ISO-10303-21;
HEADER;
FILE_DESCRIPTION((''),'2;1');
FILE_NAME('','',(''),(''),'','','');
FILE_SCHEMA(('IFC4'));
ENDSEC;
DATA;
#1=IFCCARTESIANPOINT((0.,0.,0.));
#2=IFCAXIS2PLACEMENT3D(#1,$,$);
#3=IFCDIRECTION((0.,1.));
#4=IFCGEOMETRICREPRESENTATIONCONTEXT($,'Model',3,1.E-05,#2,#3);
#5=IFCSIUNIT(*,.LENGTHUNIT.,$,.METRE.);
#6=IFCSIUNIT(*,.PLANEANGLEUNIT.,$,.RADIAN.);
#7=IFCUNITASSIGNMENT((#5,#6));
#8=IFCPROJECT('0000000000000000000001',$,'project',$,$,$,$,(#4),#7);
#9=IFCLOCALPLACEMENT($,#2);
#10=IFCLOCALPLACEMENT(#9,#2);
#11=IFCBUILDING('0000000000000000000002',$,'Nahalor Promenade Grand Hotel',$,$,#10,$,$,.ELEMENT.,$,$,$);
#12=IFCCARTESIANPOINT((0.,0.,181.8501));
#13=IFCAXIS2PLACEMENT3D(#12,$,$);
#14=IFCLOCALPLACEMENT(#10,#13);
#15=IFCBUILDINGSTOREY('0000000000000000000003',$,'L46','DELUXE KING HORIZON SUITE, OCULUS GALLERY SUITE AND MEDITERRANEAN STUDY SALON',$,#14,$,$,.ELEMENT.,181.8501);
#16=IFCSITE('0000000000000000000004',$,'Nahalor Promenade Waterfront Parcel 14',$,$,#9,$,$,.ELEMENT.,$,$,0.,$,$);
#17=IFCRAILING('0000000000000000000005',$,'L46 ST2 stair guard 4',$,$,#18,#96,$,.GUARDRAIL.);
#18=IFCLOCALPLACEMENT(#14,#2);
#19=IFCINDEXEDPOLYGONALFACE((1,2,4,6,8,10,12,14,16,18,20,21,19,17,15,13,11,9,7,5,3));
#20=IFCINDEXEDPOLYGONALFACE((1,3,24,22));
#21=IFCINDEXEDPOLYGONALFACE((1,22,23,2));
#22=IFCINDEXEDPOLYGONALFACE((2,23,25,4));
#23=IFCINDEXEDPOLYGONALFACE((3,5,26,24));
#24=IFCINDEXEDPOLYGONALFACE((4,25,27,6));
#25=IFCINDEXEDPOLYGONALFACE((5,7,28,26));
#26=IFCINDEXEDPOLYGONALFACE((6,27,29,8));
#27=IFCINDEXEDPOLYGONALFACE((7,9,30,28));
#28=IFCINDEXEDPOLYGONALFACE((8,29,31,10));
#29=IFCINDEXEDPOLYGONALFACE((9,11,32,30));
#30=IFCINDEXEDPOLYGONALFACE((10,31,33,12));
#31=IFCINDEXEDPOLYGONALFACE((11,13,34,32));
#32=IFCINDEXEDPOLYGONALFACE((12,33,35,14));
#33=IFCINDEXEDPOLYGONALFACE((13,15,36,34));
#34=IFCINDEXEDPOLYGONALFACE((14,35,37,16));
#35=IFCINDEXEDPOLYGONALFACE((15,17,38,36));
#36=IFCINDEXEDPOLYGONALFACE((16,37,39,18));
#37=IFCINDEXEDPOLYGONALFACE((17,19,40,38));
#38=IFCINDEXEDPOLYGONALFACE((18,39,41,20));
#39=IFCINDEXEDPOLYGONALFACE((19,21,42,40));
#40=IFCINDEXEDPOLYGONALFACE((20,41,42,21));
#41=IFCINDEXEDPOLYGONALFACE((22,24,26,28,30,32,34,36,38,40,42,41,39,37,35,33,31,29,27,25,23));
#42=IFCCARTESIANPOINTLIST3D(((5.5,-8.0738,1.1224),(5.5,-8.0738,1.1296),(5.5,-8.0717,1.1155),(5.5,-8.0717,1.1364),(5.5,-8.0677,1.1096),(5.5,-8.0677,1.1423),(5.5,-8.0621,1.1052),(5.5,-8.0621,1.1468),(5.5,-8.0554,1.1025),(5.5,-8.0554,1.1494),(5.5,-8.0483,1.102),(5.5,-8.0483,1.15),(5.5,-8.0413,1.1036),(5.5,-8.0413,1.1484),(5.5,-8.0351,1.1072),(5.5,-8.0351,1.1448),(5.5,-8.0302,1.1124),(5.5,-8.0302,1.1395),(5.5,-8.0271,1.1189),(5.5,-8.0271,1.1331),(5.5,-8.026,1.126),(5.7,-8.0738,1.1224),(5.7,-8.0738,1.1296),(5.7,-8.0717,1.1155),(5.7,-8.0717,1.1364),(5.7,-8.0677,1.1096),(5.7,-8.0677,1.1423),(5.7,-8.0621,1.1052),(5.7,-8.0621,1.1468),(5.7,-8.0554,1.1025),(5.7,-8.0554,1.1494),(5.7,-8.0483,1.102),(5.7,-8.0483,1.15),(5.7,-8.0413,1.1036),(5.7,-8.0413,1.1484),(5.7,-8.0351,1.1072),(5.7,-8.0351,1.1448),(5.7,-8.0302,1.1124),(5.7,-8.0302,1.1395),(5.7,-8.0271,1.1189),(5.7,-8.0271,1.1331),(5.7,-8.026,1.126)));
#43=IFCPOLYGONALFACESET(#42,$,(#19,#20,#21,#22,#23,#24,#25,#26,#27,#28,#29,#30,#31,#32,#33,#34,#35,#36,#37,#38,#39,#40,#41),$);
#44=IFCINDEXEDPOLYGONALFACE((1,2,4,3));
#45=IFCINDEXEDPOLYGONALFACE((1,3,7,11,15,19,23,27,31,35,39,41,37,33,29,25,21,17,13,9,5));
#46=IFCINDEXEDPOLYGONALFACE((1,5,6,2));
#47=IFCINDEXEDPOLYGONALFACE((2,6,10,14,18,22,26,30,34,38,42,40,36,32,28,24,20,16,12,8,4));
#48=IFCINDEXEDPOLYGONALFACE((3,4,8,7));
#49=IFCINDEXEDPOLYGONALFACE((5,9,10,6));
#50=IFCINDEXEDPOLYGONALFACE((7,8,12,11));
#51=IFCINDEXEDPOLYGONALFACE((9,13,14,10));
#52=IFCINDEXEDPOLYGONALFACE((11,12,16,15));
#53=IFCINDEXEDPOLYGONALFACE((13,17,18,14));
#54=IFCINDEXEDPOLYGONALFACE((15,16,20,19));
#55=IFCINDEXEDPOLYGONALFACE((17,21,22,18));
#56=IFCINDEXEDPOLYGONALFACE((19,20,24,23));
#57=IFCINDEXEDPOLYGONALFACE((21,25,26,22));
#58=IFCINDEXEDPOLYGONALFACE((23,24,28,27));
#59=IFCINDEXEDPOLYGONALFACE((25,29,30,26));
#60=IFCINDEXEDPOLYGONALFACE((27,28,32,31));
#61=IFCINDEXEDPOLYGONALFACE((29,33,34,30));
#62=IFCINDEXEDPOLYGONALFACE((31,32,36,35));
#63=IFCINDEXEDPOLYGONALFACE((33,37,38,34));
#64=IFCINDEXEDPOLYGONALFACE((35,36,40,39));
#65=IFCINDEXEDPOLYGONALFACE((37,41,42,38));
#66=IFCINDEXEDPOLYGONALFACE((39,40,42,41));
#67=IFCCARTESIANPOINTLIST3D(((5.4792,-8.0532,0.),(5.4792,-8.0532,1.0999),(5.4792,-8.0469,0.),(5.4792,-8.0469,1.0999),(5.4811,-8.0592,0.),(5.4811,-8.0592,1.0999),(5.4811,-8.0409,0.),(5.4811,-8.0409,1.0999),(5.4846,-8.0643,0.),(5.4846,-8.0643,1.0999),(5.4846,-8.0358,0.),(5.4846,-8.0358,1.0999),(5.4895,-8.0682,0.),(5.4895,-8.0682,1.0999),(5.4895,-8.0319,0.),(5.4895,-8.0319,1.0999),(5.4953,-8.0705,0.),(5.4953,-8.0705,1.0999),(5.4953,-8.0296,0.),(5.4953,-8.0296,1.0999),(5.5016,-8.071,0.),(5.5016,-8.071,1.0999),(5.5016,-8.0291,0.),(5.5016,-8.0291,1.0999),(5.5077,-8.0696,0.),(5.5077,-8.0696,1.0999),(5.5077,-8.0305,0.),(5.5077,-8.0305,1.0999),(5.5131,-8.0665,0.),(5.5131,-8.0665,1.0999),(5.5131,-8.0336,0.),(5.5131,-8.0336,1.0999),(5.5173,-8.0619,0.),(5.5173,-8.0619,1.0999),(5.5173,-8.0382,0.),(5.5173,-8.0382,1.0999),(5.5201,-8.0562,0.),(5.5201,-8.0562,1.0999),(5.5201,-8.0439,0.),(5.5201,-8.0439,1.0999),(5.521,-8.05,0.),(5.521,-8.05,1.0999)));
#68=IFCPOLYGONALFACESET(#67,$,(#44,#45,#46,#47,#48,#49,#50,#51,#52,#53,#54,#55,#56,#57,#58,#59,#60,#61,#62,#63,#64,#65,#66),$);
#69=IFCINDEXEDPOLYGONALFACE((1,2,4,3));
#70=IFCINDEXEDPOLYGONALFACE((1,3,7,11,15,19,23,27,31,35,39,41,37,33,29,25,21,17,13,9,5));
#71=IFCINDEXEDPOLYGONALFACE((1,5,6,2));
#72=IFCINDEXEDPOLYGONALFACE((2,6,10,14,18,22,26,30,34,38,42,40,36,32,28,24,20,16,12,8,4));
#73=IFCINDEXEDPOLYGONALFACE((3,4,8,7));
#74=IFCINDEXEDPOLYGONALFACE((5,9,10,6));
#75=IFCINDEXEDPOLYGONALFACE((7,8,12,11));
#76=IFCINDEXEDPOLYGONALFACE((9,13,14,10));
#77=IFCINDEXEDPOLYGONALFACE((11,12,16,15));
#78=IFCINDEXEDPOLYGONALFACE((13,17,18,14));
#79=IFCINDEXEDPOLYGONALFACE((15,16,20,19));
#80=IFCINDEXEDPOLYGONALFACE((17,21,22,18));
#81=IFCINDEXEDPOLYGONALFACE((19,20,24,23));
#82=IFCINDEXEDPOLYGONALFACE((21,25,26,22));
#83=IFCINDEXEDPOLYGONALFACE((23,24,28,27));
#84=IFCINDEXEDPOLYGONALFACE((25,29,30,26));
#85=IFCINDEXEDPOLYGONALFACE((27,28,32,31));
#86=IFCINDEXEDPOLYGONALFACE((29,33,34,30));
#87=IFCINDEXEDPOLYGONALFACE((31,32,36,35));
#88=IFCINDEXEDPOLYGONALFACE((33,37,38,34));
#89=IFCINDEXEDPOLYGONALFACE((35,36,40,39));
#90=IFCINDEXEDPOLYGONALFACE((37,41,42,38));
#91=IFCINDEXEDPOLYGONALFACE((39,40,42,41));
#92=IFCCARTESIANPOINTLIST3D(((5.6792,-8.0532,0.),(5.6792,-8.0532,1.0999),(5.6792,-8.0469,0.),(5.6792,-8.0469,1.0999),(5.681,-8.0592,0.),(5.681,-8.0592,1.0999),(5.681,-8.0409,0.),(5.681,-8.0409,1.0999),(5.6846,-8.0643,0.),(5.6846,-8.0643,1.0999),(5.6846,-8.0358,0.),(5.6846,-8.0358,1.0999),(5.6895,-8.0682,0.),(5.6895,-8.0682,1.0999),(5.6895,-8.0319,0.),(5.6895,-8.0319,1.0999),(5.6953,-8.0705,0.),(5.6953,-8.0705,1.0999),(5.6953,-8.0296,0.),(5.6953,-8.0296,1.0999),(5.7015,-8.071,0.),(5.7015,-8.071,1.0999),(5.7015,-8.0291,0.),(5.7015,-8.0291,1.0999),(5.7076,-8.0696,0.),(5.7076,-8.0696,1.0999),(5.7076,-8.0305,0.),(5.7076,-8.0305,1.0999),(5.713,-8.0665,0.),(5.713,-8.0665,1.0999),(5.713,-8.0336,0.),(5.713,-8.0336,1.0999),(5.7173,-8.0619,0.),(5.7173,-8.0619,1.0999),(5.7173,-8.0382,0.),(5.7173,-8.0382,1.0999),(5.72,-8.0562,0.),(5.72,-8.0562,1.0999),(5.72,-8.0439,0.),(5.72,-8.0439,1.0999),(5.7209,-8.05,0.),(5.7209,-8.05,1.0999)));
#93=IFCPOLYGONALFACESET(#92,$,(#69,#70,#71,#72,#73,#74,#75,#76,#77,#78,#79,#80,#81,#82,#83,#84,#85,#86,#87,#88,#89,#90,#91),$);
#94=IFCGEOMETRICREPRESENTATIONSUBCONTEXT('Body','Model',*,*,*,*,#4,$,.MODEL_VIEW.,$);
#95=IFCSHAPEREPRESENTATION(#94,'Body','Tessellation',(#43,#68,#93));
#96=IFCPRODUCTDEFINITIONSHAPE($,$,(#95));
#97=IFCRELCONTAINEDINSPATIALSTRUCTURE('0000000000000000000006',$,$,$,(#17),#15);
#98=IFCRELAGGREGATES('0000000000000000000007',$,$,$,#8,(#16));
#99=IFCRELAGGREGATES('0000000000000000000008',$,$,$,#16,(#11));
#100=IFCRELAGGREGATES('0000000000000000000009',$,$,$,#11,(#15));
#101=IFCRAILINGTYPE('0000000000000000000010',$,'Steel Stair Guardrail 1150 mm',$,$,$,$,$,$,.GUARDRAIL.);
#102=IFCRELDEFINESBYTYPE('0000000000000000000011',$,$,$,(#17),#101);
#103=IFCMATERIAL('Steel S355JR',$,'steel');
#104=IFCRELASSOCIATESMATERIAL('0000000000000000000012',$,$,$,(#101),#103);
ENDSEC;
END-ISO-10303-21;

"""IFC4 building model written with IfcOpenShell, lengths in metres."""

from ifc_helpers import new_model, si_unit, direction, frame, origin, origin_2d, place, context, subcontext, project, spatial, circle, extrude, material, type_object, element, save


model = new_model("IFC4")

# Units and contexts
model_context = context("Model", 3, precision=1e-05, world=origin(), true_north=direction((0.0, 1.0)))
body_context = subcontext(model_context, "Body", "Model", "MODEL_VIEW")
ifc_project = project(units=[si_unit("LENGTHUNIT", "METRE"), si_unit("PLANEANGLEUNIT", "RADIAN")], contexts=[model_context])

# Site, building, storey
site_placement = place(None, origin())
site = spatial("IfcSite", under=ifc_project, at=site_placement, Name="Nahalor Promenade Waterfront Parcel 14", CompositionType="ELEMENT", RefElevation=0.0)
building_placement = place(site_placement, origin())
building = spatial("IfcBuilding", under=site, at=building_placement, Name="Nahalor Promenade Grand Hotel", CompositionType="ELEMENT")
storey_placement = place(building_placement, frame((0.0, 0.0, 181.8501)))
storey = spatial("IfcBuildingStorey", under=building, at=storey_placement, Name="L46", Description="DELUXE KING HORIZON SUITE, OCULUS GALLERY SUITE AND MEDITERRANEAN STUDY SALON", CompositionType="ELEMENT", Elevation=181.8501)

# Shared definitions
ifc_material_1 = material(Name="Steel S355JR", Category="steel")

# Railing
railing_type_1 = type_object("IfcRailingType", Name="Steel Stair Guardrail 1150 mm", PredefinedType="GUARDRAIL", material=ifc_material_1)
railing_1_placement = place(storey_placement, frame((5.5, -8.05, 0.0)))
element("IfcRailing", 1, at=railing_1_placement, inside=storey, type_object=railing_type_1, Name="L46 ST2 stair guard 4", PredefinedType="GUARDRAIL", context=body_context, shape_type="SweptSolid", body=[
    extrude(circle(Radius=0.024, at=origin_2d()), frame((0.0, 0.0, 1.126), z_axis=(1.0, 0.0, 0.0), x_axis=(0.0, 1.0, 0.0)), (0.0, 0.0, 1.0), 0.2),
    extrude(circle(Radius=0.021, at=origin_2d()), origin(), (0.0, 0.0, 1.0), 1.0999),
    extrude(circle(Radius=0.021, at=origin_2d()), frame((0.2, 0.0, 0.0)), (0.0, 0.0, 1.0), 1.0999),
])

save(model, "model.ifc")
